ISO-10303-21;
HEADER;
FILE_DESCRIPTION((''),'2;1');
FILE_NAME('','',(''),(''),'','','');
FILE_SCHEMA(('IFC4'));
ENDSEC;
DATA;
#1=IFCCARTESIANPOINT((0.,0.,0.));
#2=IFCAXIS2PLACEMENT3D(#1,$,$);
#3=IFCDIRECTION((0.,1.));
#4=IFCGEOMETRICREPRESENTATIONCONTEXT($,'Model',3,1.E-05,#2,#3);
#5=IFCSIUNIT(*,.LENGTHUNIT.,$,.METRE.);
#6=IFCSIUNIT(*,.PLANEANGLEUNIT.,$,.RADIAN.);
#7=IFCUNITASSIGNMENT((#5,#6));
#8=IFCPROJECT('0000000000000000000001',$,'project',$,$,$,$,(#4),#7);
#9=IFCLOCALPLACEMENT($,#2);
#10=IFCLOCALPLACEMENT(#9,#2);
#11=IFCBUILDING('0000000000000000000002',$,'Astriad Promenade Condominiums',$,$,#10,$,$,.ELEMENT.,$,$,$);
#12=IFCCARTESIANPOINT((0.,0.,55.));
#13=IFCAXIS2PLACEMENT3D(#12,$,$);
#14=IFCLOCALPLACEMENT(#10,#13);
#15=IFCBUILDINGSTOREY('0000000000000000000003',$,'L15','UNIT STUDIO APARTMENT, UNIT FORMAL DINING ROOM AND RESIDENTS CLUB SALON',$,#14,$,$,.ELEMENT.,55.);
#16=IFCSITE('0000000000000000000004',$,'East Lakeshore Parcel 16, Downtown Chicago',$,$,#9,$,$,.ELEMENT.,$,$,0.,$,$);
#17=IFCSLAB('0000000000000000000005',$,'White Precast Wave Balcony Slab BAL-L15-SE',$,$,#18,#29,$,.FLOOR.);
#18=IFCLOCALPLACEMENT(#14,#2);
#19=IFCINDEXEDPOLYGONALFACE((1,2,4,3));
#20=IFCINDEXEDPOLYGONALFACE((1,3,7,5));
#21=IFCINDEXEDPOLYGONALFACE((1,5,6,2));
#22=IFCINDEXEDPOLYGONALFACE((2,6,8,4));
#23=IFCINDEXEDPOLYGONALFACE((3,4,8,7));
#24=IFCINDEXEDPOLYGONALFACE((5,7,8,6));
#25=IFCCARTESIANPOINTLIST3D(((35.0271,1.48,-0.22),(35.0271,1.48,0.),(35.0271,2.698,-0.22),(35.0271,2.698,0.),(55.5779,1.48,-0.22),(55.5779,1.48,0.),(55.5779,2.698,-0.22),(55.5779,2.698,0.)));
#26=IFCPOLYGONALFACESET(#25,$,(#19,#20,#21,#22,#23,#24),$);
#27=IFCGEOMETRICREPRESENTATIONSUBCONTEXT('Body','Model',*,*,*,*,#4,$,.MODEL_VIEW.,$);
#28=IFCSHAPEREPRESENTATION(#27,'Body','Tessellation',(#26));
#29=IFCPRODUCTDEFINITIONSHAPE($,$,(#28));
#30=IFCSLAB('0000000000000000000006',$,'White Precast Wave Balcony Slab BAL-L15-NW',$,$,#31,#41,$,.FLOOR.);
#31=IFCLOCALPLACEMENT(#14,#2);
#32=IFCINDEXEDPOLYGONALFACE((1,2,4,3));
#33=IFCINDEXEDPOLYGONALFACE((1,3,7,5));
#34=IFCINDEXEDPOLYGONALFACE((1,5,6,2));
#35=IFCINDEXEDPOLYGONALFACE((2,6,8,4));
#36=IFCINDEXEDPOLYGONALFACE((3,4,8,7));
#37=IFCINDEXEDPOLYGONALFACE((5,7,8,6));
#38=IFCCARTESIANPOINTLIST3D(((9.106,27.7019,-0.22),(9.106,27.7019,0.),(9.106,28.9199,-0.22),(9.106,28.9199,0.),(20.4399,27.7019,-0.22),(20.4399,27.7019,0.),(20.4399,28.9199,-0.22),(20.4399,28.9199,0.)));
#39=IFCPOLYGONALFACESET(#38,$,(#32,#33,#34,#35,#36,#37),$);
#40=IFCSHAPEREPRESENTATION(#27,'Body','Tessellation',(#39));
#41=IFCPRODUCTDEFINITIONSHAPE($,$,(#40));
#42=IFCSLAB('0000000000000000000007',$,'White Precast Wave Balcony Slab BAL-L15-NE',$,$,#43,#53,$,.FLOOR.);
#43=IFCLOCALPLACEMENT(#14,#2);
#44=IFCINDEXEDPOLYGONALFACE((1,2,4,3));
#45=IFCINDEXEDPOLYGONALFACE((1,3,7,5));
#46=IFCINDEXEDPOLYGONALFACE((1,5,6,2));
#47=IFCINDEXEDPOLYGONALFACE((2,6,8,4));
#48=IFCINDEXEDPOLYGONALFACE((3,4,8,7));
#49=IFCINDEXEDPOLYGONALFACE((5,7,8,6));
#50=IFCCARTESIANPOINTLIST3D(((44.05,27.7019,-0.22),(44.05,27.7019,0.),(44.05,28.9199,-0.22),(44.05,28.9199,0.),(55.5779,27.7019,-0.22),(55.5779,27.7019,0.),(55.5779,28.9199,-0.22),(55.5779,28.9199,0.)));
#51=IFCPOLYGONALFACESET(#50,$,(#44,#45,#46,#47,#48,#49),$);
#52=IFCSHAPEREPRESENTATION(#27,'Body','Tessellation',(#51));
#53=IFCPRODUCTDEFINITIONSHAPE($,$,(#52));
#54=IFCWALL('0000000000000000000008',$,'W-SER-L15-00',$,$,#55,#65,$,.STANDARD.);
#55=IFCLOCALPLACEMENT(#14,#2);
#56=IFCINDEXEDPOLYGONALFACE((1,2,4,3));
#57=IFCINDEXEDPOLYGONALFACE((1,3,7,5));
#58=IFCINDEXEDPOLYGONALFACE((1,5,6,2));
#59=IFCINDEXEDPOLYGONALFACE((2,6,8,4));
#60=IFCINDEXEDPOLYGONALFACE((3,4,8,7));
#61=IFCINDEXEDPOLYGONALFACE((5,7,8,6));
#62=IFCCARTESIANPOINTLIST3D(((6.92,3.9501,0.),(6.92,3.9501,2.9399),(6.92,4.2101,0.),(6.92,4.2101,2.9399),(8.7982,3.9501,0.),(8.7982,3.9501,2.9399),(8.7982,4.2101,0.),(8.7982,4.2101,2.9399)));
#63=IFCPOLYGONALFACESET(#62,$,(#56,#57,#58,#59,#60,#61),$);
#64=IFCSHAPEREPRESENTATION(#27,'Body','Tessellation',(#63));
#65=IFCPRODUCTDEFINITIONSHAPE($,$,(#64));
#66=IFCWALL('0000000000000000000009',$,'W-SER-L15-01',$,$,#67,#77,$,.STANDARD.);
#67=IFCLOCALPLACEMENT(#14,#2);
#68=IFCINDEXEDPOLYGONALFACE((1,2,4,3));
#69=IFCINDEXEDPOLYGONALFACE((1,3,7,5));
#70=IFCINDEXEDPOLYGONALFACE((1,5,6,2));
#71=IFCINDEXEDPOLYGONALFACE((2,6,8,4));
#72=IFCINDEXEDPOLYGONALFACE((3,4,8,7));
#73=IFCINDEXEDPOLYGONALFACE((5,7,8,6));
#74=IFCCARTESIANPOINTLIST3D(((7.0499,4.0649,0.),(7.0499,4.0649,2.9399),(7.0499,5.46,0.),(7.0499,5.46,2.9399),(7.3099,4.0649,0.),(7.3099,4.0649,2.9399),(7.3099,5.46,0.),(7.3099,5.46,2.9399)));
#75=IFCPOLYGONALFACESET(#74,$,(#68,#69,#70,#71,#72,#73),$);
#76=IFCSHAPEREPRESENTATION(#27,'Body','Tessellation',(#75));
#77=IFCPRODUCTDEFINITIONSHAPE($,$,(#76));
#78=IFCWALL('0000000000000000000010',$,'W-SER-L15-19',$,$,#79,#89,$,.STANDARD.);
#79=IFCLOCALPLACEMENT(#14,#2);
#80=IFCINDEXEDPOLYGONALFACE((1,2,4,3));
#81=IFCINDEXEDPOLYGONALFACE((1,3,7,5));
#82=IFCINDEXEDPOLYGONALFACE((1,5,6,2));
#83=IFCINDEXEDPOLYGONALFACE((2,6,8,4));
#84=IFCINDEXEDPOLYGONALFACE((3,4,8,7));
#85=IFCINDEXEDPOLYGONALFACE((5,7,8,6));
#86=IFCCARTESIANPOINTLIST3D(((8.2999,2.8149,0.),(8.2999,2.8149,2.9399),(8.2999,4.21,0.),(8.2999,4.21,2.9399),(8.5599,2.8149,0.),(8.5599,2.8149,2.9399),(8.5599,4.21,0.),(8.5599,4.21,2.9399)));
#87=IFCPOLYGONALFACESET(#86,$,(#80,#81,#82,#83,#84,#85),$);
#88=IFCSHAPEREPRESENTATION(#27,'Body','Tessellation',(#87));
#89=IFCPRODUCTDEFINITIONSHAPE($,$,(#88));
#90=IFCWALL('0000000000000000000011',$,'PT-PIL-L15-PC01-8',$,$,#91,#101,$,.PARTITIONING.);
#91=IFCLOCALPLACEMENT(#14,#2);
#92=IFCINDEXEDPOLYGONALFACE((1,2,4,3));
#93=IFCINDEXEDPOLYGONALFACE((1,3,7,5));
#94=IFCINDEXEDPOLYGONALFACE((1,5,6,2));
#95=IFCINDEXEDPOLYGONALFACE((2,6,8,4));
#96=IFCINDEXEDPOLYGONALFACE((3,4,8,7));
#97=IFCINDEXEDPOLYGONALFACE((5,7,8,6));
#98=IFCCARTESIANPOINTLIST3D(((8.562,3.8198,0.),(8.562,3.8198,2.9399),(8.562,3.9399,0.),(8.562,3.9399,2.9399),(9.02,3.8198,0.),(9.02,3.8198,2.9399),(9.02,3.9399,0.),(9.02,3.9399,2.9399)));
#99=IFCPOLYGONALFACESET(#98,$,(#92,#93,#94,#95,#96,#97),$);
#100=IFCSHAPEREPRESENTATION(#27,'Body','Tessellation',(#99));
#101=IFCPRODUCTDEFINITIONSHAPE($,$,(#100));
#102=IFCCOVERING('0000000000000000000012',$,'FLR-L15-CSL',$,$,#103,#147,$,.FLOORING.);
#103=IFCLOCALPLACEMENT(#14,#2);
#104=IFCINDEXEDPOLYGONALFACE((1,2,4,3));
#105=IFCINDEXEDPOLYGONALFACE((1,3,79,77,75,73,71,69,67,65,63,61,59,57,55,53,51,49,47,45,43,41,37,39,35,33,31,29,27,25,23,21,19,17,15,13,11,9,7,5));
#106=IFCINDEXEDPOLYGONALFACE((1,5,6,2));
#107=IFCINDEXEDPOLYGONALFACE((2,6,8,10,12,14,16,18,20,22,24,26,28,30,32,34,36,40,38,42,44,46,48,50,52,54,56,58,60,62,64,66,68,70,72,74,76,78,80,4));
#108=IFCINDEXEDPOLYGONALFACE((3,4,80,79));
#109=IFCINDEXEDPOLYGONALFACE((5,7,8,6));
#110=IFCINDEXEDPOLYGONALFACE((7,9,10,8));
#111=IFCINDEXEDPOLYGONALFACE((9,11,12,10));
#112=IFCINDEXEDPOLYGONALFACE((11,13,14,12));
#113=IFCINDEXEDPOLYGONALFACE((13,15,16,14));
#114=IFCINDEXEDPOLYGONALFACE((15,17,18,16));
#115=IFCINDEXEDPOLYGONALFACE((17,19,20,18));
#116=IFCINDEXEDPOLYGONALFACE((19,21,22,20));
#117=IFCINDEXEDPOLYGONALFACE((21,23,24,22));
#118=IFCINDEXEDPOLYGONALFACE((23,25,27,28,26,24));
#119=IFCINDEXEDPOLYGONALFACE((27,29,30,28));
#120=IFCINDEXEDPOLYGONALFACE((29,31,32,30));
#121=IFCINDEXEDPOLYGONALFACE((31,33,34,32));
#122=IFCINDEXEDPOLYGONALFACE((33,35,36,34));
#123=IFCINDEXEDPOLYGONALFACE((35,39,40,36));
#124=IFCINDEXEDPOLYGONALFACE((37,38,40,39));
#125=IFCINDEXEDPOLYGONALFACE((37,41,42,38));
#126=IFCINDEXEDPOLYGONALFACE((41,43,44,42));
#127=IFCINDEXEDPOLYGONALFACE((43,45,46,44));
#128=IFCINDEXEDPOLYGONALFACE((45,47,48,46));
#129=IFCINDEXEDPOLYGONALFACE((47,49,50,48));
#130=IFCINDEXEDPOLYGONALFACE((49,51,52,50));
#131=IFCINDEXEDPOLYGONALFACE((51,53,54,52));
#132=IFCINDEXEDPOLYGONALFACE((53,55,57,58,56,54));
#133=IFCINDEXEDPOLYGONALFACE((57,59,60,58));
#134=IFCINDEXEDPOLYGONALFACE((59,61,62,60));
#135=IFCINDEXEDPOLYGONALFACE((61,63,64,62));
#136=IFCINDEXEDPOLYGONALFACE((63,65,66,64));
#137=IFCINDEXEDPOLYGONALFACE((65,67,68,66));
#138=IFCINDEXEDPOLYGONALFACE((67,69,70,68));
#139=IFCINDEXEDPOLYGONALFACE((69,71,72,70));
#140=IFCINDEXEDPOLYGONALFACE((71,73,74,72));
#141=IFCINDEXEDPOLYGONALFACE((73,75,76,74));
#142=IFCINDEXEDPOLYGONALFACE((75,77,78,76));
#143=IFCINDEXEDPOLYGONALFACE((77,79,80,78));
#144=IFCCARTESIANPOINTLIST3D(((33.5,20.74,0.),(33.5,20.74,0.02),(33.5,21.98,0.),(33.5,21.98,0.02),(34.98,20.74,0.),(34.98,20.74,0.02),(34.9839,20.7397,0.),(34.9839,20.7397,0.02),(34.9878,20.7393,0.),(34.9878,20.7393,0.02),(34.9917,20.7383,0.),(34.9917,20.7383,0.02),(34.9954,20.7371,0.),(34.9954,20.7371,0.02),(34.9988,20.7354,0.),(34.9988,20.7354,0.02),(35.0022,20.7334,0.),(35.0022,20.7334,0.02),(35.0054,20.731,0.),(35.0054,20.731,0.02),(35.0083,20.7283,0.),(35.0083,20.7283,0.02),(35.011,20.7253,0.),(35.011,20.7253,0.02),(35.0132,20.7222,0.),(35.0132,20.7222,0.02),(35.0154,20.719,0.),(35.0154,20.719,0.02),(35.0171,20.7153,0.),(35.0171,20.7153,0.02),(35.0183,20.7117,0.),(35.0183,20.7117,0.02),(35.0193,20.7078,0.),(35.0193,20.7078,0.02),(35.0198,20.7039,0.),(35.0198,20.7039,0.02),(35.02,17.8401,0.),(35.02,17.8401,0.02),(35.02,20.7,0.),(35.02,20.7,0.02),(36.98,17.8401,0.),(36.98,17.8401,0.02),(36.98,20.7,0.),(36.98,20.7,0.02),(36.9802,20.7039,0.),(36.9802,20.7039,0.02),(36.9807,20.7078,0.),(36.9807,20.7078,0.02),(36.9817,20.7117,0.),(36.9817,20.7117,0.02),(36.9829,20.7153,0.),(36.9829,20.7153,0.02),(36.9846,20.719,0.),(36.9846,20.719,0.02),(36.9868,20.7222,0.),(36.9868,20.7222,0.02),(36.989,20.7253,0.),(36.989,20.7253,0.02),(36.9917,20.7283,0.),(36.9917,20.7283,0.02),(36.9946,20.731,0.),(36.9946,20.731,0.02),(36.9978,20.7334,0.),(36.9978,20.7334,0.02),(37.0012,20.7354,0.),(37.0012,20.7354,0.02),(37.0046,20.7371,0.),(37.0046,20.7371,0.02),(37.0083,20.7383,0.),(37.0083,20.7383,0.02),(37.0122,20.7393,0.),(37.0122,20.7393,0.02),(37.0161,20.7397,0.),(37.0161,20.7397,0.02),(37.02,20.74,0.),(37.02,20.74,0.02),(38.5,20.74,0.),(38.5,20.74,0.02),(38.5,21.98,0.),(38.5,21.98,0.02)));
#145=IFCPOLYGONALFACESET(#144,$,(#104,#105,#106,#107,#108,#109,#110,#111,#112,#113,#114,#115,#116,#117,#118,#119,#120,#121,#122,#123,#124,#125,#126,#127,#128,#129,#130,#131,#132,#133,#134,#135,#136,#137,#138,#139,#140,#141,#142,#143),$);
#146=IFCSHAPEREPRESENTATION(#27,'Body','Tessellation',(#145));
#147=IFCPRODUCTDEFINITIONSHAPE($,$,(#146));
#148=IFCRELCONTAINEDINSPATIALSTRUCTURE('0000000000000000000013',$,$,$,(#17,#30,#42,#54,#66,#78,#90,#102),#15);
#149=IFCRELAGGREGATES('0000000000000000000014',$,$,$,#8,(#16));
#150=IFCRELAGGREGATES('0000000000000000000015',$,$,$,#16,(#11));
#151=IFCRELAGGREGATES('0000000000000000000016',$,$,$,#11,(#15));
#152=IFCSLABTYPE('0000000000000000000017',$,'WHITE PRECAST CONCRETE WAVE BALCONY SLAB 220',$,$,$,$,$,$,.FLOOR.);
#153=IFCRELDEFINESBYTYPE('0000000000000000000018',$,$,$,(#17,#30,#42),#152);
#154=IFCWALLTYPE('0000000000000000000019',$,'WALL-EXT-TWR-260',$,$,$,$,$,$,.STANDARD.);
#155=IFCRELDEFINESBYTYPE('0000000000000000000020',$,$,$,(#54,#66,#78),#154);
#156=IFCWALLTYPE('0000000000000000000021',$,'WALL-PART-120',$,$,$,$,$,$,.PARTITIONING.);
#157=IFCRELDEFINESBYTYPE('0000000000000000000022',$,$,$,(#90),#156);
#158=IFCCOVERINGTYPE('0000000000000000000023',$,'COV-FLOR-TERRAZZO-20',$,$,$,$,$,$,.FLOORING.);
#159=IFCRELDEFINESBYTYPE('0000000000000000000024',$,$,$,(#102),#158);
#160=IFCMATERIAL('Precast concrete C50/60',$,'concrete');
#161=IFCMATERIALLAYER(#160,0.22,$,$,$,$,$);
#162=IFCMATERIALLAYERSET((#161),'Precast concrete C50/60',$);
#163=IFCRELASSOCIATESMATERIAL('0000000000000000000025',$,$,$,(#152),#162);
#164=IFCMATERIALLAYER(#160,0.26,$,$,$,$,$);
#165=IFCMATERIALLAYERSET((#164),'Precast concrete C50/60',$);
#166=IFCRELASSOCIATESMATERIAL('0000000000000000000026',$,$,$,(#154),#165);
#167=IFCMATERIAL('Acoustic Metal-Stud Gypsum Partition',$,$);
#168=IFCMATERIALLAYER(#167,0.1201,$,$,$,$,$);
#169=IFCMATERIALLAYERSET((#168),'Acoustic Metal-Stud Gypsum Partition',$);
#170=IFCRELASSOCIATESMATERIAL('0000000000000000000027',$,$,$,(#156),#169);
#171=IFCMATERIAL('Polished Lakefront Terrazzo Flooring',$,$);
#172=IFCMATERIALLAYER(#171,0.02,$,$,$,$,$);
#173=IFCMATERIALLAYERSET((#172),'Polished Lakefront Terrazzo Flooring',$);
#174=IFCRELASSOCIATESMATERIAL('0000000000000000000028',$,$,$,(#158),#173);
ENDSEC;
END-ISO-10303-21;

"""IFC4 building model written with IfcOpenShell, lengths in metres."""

from ifc_helpers import new_model, si_unit, direction, frame, frame_2d, origin, place, context, subcontext, project, spatial, polyline, rectangle, outline, extrude, material, layer, layer_set, type_object, element, save


model = new_model("IFC4")

# Units and contexts
model_context = context("Model", 3, precision=1e-05, world=origin(), true_north=direction((0.0, 1.0)))
body_context = subcontext(model_context, "Body", "Model", "MODEL_VIEW")
ifc_project = project(units=[si_unit("LENGTHUNIT", "METRE"), si_unit("PLANEANGLEUNIT", "RADIAN")], contexts=[model_context])

# Site, building, storey
site_placement = place(None, origin())
site = spatial("IfcSite", under=ifc_project, at=site_placement, Name="East Lakeshore Parcel 16, Downtown Chicago", CompositionType="ELEMENT", RefElevation=0.0)
building_placement = place(site_placement, origin())
building = spatial("IfcBuilding", under=site, at=building_placement, Name="Astriad Promenade Condominiums", CompositionType="ELEMENT")
storey_placement = place(building_placement, frame((0.0, 0.0, 55.0)))
storey = spatial("IfcBuildingStorey", under=building, at=storey_placement, Name="L15", Description="UNIT STUDIO APARTMENT, UNIT FORMAL DINING ROOM AND RESIDENTS CLUB SALON", CompositionType="ELEMENT", Elevation=55.0)

# Slabs
ifc_material_1 = material(Name="Precast concrete C50/60", Category="concrete")
ifc_layer_1 = layer(ifc_material_1, 0.22)
ifc_layer_set_1 = layer_set([ifc_layer_1], Name="Precast concrete C50/60")
slab_type_1 = type_object("IfcSlabType", Name="WHITE PRECAST CONCRETE WAVE BALCONY SLAB 220", PredefinedType="FLOOR", material=ifc_layer_set_1)
slab_1_placement = place(storey_placement, frame((0.0, 0.0, -0.22)))
element("IfcSlab", 1, at=slab_1_placement, inside=storey, type_object=slab_type_1, Name="White Precast Wave Balcony Slab BAL-L15-SE", PredefinedType="FLOOR", context=body_context, shape_type="SweptSolid", body=[
    extrude(outline(polyline([(55.5779, 1.48), (35.0271, 1.48), (35.0271, 2.698), (55.5779, 2.698), (55.5779, 1.48)])), origin(), (0.0, 0.0, 1.0), 0.22),
])
slab_2_placement = place(storey_placement, frame((0.0, 0.0, -0.22)))
element("IfcSlab", 2, at=slab_2_placement, inside=storey, type_object=slab_type_1, Name="White Precast Wave Balcony Slab BAL-L15-NW", PredefinedType="FLOOR", context=body_context, shape_type="SweptSolid", body=[
    extrude(outline(polyline([(9.106, 28.9199), (20.4399, 28.9199), (20.4399, 27.7019), (9.106, 27.7019), (9.106, 28.9199)])), origin(), (0.0, 0.0, 1.0), 0.22),
])
slab_3_placement = place(storey_placement, frame((0.0, 0.0, -0.22)))
element("IfcSlab", 3, at=slab_3_placement, inside=storey, type_object=slab_type_1, Name="White Precast Wave Balcony Slab BAL-L15-NE", PredefinedType="FLOOR", context=body_context, shape_type="SweptSolid", body=[
    extrude(outline(polyline([(44.05, 28.9199), (55.5779, 28.9199), (55.5779, 27.7019), (44.05, 27.7019), (44.05, 28.9199)])), origin(), (0.0, 0.0, 1.0), 0.22),
])

# Walls
ifc_layer_2 = layer(ifc_material_1, 0.26)
ifc_layer_set_2 = layer_set([ifc_layer_2], Name="Precast concrete C50/60")
wall_type_1 = type_object("IfcWallType", Name="WALL-EXT-TWR-260", PredefinedType="STANDARD", material=ifc_layer_set_2)
wall_1_placement = place(storey_placement, frame((8.7981, 4.0801, 0.0), z_axis=(0.0, 0.0, 1.0), x_axis=(-1.0, 0.0, 0.0)))
element("IfcWall", 4, at=wall_1_placement, inside=storey, type_object=wall_type_1, Name="W-SER-L15-00", PredefinedType="STANDARD", context=body_context, shape_type="SweptSolid", body=[
    extrude(rectangle(XDim=1.8782, YDim=0.26, at=frame_2d((0.939, 0.0))), origin(), (0.0, 0.0, 1.0), 2.9399),
])
for number, where, z_axis, x_axis, name in (
    (5, (7.1799, 4.0649, 0.0), (0.0, 0.0, 1.0), (0.0, 1.0, 0.0), "W-SER-L15-01"),
    (6, (8.4299, 2.8149, 0.0), (0.0, 0.0, 1.0), (0.0, 1.0, 0.0), "W-SER-L15-19"),
):
    element("IfcWall", number, at=place(storey_placement, frame(where, z_axis=z_axis, x_axis=x_axis)), inside=storey, type_object=wall_type_1, Name=name, PredefinedType="STANDARD", context=body_context, shape_type="SweptSolid", body=[
        extrude(rectangle(XDim=1.395, YDim=0.26, at=frame_2d((0.6975, 0.0))), origin(), (0.0, 0.0, 1.0), 2.9399),
    ])
ifc_material_2 = material(Name="Acoustic Metal-Stud Gypsum Partition")
ifc_layer_3 = layer(ifc_material_2, 0.1201)
ifc_layer_set_3 = layer_set([ifc_layer_3], Name="Acoustic Metal-Stud Gypsum Partition")
wall_type_2 = type_object("IfcWallType", Name="WALL-PART-120", PredefinedType="PARTITIONING", material=ifc_layer_set_3)
wall_2_placement = place(storey_placement, frame((9.02, 3.8799, 0.0), z_axis=(0.0, 0.0, 1.0), x_axis=(-1.0, 0.0, 0.0)))
element("IfcWall", 7, at=wall_2_placement, inside=storey, type_object=wall_type_2, Name="PT-PIL-L15-PC01-8", PredefinedType="PARTITIONING", context=body_context, shape_type="SweptSolid", body=[
    extrude(rectangle(XDim=0.458, YDim=0.1201, at=frame_2d((0.229, 0.0))), origin(), (0.0, 0.0, 1.0), 2.9399),
])

# Covering
ifc_material_3 = material(Name="Polished Lakefront Terrazzo Flooring")
ifc_layer_4 = layer(ifc_material_3, 0.02)
ifc_layer_set_4 = layer_set([ifc_layer_4], Name="Polished Lakefront Terrazzo Flooring")
covering_type = type_object("IfcCoveringType", Name="COV-FLOR-TERRAZZO-20", PredefinedType="FLOORING", material=ifc_layer_set_4)
covering_1_placement = place(storey_placement, origin())
element("IfcCovering", 8, at=covering_1_placement, inside=storey, type_object=covering_type, Name="FLR-L15-CSL", PredefinedType="FLOORING", context=body_context, shape_type="SweptSolid", body=[
    extrude(outline(polyline([(36.98, 20.7), (36.98, 17.8401), (35.02, 17.8401), (35.02, 20.7), (35.0198, 20.7039), (35.0193, 20.7078), (35.0183, 20.7117), (35.0171, 20.7153), (35.0154, 20.719), (35.0132, 20.7222), (35.011, 20.7253), (35.0083, 20.7283), (35.0054, 20.731), (35.0022, 20.7334), (34.9988, 20.7354), (34.9954, 20.7371), (34.9917, 20.7383), (34.9878, 20.7393), (34.9839, 20.7397), (34.98, 20.74), (33.5, 20.74), (33.5, 21.98), (38.5, 21.98), (38.5, 20.74), (37.02, 20.74), (37.0161, 20.7397), (37.0122, 20.7393), (37.0083, 20.7383), (37.0046, 20.7371), (37.0012, 20.7354), (36.9978, 20.7334), (36.9946, 20.731), (36.9917, 20.7283), (36.989, 20.7253), (36.9868, 20.7222), (36.9846, 20.719), (36.9829, 20.7153), (36.9817, 20.7117), (36.9807, 20.7078), (36.9802, 20.7039), (36.98, 20.7)])), origin(), (0.0, 0.0, 1.0), 0.02),
])

save(model, "model.ifc")
